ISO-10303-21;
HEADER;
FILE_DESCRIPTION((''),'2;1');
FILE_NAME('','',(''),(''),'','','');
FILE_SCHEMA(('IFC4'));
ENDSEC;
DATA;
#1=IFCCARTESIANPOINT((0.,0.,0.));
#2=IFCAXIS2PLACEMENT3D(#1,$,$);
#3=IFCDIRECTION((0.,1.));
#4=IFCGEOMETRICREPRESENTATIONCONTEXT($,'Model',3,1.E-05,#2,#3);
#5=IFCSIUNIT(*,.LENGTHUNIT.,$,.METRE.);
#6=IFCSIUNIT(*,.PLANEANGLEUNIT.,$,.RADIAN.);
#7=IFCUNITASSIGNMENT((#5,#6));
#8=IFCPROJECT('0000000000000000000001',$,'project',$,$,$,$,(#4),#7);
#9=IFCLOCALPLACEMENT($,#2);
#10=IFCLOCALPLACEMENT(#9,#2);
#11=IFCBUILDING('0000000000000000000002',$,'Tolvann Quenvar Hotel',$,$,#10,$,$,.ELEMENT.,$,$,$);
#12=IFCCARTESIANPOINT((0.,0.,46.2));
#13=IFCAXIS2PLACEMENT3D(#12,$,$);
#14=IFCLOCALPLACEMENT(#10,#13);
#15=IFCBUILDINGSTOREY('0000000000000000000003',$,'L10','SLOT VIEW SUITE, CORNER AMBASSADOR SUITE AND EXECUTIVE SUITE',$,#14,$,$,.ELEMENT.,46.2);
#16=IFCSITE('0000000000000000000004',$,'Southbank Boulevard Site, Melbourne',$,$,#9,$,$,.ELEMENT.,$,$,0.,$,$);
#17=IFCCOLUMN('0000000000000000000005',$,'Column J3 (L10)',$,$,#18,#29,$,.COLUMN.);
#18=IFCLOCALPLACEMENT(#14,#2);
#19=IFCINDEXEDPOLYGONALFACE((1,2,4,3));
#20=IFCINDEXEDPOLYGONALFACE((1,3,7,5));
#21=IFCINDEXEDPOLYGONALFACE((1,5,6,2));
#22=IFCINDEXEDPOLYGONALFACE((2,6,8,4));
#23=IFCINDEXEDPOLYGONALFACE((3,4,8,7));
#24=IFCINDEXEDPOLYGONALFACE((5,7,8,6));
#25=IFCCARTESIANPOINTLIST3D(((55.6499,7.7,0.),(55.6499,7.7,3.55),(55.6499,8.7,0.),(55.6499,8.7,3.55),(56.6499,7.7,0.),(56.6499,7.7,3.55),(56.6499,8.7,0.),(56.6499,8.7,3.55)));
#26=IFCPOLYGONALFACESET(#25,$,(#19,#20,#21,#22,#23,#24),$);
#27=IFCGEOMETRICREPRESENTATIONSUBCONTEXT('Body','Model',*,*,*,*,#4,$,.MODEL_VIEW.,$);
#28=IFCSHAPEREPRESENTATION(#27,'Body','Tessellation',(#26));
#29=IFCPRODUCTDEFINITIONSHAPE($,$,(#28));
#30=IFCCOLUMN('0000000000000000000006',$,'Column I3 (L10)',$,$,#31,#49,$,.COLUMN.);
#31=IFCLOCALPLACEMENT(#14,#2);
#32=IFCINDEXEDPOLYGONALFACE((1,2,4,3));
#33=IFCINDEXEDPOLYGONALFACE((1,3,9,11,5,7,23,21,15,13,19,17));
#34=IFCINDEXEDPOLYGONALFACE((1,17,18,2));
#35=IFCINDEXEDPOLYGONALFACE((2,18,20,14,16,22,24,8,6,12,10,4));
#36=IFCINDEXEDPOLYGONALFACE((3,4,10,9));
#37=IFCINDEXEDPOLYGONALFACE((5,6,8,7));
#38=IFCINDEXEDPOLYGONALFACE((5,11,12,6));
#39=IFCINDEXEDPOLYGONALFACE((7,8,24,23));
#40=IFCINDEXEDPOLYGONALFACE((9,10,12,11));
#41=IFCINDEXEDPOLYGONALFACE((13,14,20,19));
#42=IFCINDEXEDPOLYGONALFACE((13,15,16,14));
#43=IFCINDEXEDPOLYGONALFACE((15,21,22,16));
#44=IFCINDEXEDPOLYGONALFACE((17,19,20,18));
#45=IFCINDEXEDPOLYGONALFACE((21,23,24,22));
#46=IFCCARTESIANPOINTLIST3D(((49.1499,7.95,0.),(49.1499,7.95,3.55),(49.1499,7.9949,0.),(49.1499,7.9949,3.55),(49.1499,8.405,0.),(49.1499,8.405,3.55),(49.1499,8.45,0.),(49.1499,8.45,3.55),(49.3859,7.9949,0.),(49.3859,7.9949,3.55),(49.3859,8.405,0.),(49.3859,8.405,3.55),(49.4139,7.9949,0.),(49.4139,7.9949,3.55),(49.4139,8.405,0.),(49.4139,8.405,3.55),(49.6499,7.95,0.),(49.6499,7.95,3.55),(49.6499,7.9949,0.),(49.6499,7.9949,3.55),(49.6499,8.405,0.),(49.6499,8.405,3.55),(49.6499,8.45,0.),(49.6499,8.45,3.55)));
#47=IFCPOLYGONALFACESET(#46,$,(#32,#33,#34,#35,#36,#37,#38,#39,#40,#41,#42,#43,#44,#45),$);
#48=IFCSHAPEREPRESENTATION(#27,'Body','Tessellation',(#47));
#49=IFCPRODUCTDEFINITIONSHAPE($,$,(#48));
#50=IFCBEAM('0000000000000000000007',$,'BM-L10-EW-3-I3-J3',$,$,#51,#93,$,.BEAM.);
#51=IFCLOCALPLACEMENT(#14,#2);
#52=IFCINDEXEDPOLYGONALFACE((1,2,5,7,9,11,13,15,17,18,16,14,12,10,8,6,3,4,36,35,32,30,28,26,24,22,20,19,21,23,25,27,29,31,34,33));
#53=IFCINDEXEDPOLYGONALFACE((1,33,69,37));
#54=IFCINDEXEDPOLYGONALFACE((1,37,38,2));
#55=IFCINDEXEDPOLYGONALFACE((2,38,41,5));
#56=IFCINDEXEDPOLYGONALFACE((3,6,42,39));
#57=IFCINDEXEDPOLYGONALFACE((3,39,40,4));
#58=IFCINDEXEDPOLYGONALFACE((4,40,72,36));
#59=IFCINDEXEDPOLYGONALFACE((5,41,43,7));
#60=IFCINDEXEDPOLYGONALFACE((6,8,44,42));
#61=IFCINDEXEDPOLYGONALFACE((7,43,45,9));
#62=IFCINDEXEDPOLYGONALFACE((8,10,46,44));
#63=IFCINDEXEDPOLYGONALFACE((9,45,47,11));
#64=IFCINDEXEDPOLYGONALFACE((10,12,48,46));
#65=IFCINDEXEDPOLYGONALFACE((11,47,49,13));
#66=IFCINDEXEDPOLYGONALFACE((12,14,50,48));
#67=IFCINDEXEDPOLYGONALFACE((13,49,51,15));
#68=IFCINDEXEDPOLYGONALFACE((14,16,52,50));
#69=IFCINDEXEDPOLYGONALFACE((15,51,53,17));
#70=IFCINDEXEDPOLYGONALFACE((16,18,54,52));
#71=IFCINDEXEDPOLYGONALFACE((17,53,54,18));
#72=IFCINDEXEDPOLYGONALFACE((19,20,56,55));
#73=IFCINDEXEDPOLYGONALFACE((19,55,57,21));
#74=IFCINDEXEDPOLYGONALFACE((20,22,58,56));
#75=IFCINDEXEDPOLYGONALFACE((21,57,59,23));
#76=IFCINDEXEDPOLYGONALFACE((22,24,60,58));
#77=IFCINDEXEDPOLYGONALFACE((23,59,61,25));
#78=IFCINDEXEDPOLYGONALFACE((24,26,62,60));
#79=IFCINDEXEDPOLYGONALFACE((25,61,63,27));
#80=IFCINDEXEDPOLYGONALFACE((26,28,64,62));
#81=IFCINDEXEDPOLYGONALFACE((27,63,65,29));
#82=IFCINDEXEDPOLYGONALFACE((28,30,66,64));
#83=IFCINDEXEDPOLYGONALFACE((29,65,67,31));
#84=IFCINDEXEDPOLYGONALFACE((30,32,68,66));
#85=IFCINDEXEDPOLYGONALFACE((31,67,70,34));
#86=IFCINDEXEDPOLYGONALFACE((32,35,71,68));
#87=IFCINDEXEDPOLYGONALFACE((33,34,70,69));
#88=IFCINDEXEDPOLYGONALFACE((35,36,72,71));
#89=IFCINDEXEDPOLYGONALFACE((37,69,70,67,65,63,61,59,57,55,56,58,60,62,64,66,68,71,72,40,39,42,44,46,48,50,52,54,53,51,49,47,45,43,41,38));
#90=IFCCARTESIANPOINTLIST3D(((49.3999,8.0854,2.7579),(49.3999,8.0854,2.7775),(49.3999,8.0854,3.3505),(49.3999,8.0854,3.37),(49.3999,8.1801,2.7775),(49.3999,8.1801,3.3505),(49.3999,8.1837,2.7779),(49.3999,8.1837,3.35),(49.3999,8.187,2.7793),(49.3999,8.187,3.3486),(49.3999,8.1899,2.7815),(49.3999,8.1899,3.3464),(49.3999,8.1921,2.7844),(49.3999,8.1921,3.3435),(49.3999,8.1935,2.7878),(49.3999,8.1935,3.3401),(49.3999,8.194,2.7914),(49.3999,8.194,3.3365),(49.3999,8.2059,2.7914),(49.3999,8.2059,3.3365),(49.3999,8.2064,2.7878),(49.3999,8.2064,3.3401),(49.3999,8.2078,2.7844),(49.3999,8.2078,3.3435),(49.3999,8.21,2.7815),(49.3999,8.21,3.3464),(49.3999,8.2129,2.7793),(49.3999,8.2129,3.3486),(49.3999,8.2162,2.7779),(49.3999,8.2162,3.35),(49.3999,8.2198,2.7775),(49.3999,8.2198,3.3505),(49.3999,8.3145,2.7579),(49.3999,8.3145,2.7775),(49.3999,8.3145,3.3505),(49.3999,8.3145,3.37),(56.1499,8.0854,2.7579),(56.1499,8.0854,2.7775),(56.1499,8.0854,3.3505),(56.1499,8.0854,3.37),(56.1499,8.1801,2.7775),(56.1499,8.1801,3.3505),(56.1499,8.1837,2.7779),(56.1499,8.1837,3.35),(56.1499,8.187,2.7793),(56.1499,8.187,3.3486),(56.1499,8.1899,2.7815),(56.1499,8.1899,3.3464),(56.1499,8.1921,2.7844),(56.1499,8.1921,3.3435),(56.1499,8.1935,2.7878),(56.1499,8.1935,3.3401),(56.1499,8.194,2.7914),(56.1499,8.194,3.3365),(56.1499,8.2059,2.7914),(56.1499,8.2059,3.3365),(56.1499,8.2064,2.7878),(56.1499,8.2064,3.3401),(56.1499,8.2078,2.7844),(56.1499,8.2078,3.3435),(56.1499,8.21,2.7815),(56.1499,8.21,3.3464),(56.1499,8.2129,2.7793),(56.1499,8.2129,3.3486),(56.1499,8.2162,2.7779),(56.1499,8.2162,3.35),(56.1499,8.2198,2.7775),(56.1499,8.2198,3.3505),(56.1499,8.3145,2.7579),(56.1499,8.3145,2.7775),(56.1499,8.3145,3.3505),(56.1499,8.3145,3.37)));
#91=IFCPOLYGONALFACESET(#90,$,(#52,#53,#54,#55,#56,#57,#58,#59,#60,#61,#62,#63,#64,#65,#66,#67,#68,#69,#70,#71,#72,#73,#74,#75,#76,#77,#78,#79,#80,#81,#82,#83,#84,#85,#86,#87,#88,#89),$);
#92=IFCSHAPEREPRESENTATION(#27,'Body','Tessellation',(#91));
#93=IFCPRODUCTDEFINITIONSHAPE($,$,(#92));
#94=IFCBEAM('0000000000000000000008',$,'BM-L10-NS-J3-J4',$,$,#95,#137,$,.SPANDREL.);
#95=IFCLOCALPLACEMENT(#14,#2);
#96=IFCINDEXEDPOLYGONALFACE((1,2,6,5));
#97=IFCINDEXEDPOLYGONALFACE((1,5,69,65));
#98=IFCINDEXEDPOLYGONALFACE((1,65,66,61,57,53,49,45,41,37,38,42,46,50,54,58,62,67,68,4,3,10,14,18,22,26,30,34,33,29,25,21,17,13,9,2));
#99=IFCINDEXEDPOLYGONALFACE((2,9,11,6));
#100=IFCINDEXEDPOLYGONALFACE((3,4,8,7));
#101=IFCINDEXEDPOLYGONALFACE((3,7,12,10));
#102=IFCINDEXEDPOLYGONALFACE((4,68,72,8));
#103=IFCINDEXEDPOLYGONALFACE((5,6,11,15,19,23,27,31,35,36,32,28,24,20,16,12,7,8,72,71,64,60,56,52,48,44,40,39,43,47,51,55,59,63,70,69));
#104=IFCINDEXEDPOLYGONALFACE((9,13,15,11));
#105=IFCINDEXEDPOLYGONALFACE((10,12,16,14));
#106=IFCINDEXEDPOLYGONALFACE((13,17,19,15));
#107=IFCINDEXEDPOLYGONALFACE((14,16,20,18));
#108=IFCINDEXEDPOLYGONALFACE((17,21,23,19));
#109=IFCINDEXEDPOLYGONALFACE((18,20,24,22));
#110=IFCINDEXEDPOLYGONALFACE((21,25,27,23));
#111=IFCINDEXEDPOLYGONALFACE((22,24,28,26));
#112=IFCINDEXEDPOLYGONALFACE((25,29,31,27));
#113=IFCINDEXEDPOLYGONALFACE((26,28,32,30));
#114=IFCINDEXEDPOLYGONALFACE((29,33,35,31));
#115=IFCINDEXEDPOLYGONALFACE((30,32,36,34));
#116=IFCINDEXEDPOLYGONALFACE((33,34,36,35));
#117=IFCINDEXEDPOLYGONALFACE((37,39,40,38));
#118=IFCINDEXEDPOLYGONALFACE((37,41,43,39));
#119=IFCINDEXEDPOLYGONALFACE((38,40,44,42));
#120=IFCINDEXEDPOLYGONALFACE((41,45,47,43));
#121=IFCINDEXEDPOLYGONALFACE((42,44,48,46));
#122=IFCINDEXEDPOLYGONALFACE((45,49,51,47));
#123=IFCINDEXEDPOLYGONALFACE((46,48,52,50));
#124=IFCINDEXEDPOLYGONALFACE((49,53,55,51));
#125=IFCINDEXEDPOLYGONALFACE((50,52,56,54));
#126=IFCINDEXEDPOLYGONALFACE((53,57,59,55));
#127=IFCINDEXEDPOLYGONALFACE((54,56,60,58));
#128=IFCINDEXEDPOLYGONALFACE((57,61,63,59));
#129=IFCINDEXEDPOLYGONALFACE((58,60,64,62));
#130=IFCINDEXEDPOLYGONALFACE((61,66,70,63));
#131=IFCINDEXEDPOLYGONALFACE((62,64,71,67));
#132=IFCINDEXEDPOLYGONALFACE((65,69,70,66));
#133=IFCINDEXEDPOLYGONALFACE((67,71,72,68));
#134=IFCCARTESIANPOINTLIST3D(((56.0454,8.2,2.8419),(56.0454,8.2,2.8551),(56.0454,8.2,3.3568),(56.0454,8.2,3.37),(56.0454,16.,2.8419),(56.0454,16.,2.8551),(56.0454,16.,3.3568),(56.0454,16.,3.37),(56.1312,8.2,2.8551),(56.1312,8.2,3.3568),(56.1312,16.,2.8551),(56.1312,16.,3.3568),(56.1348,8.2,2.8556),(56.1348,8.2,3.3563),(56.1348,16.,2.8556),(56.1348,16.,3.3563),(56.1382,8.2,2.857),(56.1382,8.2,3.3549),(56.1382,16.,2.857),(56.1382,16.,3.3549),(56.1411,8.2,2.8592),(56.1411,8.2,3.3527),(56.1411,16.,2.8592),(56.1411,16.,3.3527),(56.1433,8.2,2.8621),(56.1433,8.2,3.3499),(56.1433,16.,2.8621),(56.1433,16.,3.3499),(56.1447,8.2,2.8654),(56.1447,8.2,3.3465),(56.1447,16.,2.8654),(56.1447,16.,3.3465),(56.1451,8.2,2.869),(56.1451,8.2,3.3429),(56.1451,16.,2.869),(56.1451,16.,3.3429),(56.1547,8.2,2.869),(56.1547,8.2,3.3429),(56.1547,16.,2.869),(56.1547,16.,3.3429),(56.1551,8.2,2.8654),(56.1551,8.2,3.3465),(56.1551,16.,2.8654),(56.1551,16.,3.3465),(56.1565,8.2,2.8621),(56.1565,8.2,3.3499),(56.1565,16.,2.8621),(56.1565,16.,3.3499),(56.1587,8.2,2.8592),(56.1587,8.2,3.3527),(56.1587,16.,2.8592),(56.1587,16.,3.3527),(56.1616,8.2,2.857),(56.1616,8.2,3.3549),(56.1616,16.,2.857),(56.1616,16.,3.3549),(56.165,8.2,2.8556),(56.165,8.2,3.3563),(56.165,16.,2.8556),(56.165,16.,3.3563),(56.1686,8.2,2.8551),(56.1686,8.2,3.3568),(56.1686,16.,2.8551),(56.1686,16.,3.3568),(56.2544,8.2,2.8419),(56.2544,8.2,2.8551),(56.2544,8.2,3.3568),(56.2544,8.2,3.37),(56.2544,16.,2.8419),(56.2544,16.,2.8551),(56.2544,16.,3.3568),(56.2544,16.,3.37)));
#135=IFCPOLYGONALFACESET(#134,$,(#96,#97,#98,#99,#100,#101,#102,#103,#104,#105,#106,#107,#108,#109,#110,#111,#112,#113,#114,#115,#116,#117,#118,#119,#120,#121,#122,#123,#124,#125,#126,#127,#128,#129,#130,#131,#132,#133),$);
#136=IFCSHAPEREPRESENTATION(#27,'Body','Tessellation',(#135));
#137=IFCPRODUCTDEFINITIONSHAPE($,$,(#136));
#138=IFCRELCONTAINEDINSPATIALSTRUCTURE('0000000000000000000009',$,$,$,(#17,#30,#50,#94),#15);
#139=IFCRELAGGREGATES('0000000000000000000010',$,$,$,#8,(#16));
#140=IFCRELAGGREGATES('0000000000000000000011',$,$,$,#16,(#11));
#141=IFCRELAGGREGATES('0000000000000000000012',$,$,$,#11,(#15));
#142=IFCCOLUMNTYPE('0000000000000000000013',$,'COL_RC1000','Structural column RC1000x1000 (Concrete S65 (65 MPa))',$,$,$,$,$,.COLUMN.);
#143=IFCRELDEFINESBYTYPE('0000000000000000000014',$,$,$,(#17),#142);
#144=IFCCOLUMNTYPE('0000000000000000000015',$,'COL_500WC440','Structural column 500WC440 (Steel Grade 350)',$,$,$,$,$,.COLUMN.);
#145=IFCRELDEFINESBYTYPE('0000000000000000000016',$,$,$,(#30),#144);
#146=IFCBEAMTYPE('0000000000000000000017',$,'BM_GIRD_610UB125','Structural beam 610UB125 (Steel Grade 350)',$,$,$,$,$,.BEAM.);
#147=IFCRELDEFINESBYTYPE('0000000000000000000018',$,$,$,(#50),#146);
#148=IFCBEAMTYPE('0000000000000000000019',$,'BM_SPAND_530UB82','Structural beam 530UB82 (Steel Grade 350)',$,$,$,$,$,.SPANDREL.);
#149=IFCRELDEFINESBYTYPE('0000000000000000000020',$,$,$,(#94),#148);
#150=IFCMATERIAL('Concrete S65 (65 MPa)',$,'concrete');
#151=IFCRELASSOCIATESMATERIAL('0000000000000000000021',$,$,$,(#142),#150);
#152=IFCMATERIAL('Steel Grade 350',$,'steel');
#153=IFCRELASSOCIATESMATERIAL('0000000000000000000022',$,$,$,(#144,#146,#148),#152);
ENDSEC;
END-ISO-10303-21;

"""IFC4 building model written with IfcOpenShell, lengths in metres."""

from ifc_helpers import new_model, si_unit, direction, frame, origin, origin_2d, place, context, subcontext, project, spatial, rectangle, i_section, extrude, source, transform, mapped, material, material_profile, profile_set, type_object, type_shapes, element, save


model = new_model("IFC4")

# Units and contexts
model_context = context("Model", 3, precision=1e-05, world=origin(), true_north=direction((0.0, 1.0)))
body_context = subcontext(model_context, "Body", "Model", "MODEL_VIEW")
ifc_project = project(units=[si_unit("LENGTHUNIT", "METRE"), si_unit("PLANEANGLEUNIT", "RADIAN")], contexts=[model_context])

# Site, building, storey
site_placement = place(None, origin())
site = spatial("IfcSite", under=ifc_project, at=site_placement, Name="Southbank Boulevard Site, Melbourne", CompositionType="ELEMENT", RefElevation=0.0)
building_placement = place(site_placement, origin())
building = spatial("IfcBuilding", under=site, at=building_placement, Name="Tolvann Quenvar Hotel", CompositionType="ELEMENT")
storey_placement = place(building_placement, frame((0.0, 0.0, 46.2)))
storey = spatial("IfcBuildingStorey", under=building, at=storey_placement, Name="L10", Description="SLOT VIEW SUITE, CORNER AMBASSADOR SUITE AND EXECUTIVE SUITE", CompositionType="ELEMENT", Elevation=46.2)

# Columns
ifc_material_1 = material(Name="Concrete S65 (65 MPa)", Category="concrete")
ifc_material_profile_1 = material_profile(ifc_material_1, rectangle(XDim=1.0, YDim=1.0, at=origin_2d()), Name="RC1000x1000")
ifc_profile_set_1 = profile_set([ifc_material_profile_1], Name="Concrete S65 (65 MPa)")
column_type_1 = type_object("IfcColumnType", Name="COL_RC1000", Description="Structural column RC1000x1000 (Concrete S65 (65 MPa))", PredefinedType="COLUMN", material=ifc_profile_set_1)
shared_shape_1 = source(origin(), body_context, "Body", "SweptSolid", [
    extrude(rectangle(XDim=1.0, YDim=1.0, at=origin_2d()), origin(), (0.0, 0.0, 1.0), 3.55),
])
type_shapes(column_type_1, [shared_shape_1])
column_1_placement = place(storey_placement, frame((56.1499, 8.2, 0.0), z_axis=(0.0, 0.0, 1.0), x_axis=(1.0, 0.0, 0.0)))
element("IfcColumn", 1, at=column_1_placement, inside=storey, type_object=column_type_1, Name="Column J3 (L10)", PredefinedType="COLUMN", context=body_context, shape_type="MappedRepresentation", body=[
    mapped(shared_shape_1, transform((0.0, 0.0, 0.0), x_axis=(1.0, 0.0, 0.0), y_axis=(0.0, 1.0, 0.0), z_axis=(0.0, 0.0, 1.0), scale=1.0)),
])
ifc_material_2 = material(Name="Steel Grade 350", Category="steel")
ifc_material_profile_2 = material_profile(ifc_material_2, i_section(OverallWidth=0.5, OverallDepth=0.5, WebThickness=0.0281, FlangeThickness=0.0449, at=origin_2d()), Name="500WC440")
ifc_profile_set_2 = profile_set([ifc_material_profile_2], Name="Steel Grade 350")
column_type_2 = type_object("IfcColumnType", Name="COL_500WC440", Description="Structural column 500WC440 (Steel Grade 350)", PredefinedType="COLUMN", material=ifc_profile_set_2)
shared_shape_2 = source(origin(), body_context, "Body", "SweptSolid", [
    extrude(i_section(OverallWidth=0.5, OverallDepth=0.5, WebThickness=0.0281, FlangeThickness=0.0449, at=origin_2d()), origin(), (0.0, 0.0, 1.0), 3.55),
])
type_shapes(column_type_2, [shared_shape_2])
column_2_placement = place(storey_placement, frame((49.3999, 8.2, 0.0), z_axis=(0.0, 0.0, 1.0), x_axis=(1.0, 0.0, 0.0)))
element("IfcColumn", 2, at=column_2_placement, inside=storey, type_object=column_type_2, Name="Column I3 (L10)", PredefinedType="COLUMN", context=body_context, shape_type="MappedRepresentation", body=[
    mapped(shared_shape_2, transform((0.0, 0.0, 0.0), x_axis=(1.0, 0.0, 0.0), y_axis=(0.0, 1.0, 0.0), z_axis=(0.0, 0.0, 1.0), scale=1.0)),
])

# Beams
ifc_material_profile_3 = material_profile(ifc_material_2, i_section(OverallWidth=0.229, OverallDepth=0.6121, WebThickness=0.012, FlangeThickness=0.0195, FilletRadius=0.0139, at=origin_2d()), Name="610UB125")
ifc_profile_set_3 = profile_set([ifc_material_profile_3], Name="Steel Grade 350")
beam_type_1 = type_object("IfcBeamType", Name="BM_GIRD_610UB125", Description="Structural beam 610UB125 (Steel Grade 350)", PredefinedType="BEAM", material=ifc_profile_set_3)
shared_shape_3 = source(origin(), body_context, "Body", "SweptSolid", [
    extrude(i_section(OverallWidth=0.229, OverallDepth=0.6121, WebThickness=0.012, FlangeThickness=0.0195, FilletRadius=0.0139, at=origin_2d()), origin(), (0.0, 0.0, 1.0), 6.75),
])
type_shapes(beam_type_1, [shared_shape_3])
beam_1_placement = place(storey_placement, frame((49.3999, 8.2, 3.064), z_axis=(1.0, 0.0, 0.0), x_axis=(0.0, 1.0, 0.0)))
element("IfcBeam", 3, at=beam_1_placement, inside=storey, type_object=beam_type_1, Name="BM-L10-EW-3-I3-J3", PredefinedType="BEAM", context=body_context, shape_type="MappedRepresentation", body=[
    mapped(shared_shape_3, transform((0.0, 0.0, 0.0), x_axis=(1.0, 0.0, 0.0), y_axis=(0.0, 1.0, 0.0), z_axis=(0.0, 0.0, 1.0), scale=1.0)),
])
ifc_material_profile_4 = material_profile(ifc_material_2, i_section(OverallWidth=0.209, OverallDepth=0.5281, WebThickness=0.0095, FlangeThickness=0.0132, FilletRadius=0.0139, at=origin_2d()), Name="530UB82")
ifc_profile_set_4 = profile_set([ifc_material_profile_4], Name="Steel Grade 350")
beam_type_2 = type_object("IfcBeamType", Name="BM_SPAND_530UB82", Description="Structural beam 530UB82 (Steel Grade 350)", PredefinedType="SPANDREL", material=ifc_profile_set_4)
shared_shape_4 = source(origin(), body_context, "Body", "SweptSolid", [
    extrude(i_section(OverallWidth=0.209, OverallDepth=0.5281, WebThickness=0.0095, FlangeThickness=0.0132, FilletRadius=0.0139, at=origin_2d()), origin(), (0.0, 0.0, 1.0), 7.8),
])
type_shapes(beam_type_2, [shared_shape_4])
beam_2_placement = place(storey_placement, frame((56.1499, 8.2, 3.106), z_axis=(0.0, 1.0, 0.0), x_axis=(-1.0, 0.0, 0.0)))
element("IfcBeam", 4, at=beam_2_placement, inside=storey, type_object=beam_type_2, Name="BM-L10-NS-J3-J4", PredefinedType="SPANDREL", context=body_context, shape_type="MappedRepresentation", body=[
    mapped(shared_shape_4, transform((0.0, 0.0, 0.0), x_axis=(1.0, 0.0, 0.0), y_axis=(0.0, 1.0, 0.0), z_axis=(0.0, 0.0, 1.0), scale=1.0)),
])

save(model, "model.ifc")
